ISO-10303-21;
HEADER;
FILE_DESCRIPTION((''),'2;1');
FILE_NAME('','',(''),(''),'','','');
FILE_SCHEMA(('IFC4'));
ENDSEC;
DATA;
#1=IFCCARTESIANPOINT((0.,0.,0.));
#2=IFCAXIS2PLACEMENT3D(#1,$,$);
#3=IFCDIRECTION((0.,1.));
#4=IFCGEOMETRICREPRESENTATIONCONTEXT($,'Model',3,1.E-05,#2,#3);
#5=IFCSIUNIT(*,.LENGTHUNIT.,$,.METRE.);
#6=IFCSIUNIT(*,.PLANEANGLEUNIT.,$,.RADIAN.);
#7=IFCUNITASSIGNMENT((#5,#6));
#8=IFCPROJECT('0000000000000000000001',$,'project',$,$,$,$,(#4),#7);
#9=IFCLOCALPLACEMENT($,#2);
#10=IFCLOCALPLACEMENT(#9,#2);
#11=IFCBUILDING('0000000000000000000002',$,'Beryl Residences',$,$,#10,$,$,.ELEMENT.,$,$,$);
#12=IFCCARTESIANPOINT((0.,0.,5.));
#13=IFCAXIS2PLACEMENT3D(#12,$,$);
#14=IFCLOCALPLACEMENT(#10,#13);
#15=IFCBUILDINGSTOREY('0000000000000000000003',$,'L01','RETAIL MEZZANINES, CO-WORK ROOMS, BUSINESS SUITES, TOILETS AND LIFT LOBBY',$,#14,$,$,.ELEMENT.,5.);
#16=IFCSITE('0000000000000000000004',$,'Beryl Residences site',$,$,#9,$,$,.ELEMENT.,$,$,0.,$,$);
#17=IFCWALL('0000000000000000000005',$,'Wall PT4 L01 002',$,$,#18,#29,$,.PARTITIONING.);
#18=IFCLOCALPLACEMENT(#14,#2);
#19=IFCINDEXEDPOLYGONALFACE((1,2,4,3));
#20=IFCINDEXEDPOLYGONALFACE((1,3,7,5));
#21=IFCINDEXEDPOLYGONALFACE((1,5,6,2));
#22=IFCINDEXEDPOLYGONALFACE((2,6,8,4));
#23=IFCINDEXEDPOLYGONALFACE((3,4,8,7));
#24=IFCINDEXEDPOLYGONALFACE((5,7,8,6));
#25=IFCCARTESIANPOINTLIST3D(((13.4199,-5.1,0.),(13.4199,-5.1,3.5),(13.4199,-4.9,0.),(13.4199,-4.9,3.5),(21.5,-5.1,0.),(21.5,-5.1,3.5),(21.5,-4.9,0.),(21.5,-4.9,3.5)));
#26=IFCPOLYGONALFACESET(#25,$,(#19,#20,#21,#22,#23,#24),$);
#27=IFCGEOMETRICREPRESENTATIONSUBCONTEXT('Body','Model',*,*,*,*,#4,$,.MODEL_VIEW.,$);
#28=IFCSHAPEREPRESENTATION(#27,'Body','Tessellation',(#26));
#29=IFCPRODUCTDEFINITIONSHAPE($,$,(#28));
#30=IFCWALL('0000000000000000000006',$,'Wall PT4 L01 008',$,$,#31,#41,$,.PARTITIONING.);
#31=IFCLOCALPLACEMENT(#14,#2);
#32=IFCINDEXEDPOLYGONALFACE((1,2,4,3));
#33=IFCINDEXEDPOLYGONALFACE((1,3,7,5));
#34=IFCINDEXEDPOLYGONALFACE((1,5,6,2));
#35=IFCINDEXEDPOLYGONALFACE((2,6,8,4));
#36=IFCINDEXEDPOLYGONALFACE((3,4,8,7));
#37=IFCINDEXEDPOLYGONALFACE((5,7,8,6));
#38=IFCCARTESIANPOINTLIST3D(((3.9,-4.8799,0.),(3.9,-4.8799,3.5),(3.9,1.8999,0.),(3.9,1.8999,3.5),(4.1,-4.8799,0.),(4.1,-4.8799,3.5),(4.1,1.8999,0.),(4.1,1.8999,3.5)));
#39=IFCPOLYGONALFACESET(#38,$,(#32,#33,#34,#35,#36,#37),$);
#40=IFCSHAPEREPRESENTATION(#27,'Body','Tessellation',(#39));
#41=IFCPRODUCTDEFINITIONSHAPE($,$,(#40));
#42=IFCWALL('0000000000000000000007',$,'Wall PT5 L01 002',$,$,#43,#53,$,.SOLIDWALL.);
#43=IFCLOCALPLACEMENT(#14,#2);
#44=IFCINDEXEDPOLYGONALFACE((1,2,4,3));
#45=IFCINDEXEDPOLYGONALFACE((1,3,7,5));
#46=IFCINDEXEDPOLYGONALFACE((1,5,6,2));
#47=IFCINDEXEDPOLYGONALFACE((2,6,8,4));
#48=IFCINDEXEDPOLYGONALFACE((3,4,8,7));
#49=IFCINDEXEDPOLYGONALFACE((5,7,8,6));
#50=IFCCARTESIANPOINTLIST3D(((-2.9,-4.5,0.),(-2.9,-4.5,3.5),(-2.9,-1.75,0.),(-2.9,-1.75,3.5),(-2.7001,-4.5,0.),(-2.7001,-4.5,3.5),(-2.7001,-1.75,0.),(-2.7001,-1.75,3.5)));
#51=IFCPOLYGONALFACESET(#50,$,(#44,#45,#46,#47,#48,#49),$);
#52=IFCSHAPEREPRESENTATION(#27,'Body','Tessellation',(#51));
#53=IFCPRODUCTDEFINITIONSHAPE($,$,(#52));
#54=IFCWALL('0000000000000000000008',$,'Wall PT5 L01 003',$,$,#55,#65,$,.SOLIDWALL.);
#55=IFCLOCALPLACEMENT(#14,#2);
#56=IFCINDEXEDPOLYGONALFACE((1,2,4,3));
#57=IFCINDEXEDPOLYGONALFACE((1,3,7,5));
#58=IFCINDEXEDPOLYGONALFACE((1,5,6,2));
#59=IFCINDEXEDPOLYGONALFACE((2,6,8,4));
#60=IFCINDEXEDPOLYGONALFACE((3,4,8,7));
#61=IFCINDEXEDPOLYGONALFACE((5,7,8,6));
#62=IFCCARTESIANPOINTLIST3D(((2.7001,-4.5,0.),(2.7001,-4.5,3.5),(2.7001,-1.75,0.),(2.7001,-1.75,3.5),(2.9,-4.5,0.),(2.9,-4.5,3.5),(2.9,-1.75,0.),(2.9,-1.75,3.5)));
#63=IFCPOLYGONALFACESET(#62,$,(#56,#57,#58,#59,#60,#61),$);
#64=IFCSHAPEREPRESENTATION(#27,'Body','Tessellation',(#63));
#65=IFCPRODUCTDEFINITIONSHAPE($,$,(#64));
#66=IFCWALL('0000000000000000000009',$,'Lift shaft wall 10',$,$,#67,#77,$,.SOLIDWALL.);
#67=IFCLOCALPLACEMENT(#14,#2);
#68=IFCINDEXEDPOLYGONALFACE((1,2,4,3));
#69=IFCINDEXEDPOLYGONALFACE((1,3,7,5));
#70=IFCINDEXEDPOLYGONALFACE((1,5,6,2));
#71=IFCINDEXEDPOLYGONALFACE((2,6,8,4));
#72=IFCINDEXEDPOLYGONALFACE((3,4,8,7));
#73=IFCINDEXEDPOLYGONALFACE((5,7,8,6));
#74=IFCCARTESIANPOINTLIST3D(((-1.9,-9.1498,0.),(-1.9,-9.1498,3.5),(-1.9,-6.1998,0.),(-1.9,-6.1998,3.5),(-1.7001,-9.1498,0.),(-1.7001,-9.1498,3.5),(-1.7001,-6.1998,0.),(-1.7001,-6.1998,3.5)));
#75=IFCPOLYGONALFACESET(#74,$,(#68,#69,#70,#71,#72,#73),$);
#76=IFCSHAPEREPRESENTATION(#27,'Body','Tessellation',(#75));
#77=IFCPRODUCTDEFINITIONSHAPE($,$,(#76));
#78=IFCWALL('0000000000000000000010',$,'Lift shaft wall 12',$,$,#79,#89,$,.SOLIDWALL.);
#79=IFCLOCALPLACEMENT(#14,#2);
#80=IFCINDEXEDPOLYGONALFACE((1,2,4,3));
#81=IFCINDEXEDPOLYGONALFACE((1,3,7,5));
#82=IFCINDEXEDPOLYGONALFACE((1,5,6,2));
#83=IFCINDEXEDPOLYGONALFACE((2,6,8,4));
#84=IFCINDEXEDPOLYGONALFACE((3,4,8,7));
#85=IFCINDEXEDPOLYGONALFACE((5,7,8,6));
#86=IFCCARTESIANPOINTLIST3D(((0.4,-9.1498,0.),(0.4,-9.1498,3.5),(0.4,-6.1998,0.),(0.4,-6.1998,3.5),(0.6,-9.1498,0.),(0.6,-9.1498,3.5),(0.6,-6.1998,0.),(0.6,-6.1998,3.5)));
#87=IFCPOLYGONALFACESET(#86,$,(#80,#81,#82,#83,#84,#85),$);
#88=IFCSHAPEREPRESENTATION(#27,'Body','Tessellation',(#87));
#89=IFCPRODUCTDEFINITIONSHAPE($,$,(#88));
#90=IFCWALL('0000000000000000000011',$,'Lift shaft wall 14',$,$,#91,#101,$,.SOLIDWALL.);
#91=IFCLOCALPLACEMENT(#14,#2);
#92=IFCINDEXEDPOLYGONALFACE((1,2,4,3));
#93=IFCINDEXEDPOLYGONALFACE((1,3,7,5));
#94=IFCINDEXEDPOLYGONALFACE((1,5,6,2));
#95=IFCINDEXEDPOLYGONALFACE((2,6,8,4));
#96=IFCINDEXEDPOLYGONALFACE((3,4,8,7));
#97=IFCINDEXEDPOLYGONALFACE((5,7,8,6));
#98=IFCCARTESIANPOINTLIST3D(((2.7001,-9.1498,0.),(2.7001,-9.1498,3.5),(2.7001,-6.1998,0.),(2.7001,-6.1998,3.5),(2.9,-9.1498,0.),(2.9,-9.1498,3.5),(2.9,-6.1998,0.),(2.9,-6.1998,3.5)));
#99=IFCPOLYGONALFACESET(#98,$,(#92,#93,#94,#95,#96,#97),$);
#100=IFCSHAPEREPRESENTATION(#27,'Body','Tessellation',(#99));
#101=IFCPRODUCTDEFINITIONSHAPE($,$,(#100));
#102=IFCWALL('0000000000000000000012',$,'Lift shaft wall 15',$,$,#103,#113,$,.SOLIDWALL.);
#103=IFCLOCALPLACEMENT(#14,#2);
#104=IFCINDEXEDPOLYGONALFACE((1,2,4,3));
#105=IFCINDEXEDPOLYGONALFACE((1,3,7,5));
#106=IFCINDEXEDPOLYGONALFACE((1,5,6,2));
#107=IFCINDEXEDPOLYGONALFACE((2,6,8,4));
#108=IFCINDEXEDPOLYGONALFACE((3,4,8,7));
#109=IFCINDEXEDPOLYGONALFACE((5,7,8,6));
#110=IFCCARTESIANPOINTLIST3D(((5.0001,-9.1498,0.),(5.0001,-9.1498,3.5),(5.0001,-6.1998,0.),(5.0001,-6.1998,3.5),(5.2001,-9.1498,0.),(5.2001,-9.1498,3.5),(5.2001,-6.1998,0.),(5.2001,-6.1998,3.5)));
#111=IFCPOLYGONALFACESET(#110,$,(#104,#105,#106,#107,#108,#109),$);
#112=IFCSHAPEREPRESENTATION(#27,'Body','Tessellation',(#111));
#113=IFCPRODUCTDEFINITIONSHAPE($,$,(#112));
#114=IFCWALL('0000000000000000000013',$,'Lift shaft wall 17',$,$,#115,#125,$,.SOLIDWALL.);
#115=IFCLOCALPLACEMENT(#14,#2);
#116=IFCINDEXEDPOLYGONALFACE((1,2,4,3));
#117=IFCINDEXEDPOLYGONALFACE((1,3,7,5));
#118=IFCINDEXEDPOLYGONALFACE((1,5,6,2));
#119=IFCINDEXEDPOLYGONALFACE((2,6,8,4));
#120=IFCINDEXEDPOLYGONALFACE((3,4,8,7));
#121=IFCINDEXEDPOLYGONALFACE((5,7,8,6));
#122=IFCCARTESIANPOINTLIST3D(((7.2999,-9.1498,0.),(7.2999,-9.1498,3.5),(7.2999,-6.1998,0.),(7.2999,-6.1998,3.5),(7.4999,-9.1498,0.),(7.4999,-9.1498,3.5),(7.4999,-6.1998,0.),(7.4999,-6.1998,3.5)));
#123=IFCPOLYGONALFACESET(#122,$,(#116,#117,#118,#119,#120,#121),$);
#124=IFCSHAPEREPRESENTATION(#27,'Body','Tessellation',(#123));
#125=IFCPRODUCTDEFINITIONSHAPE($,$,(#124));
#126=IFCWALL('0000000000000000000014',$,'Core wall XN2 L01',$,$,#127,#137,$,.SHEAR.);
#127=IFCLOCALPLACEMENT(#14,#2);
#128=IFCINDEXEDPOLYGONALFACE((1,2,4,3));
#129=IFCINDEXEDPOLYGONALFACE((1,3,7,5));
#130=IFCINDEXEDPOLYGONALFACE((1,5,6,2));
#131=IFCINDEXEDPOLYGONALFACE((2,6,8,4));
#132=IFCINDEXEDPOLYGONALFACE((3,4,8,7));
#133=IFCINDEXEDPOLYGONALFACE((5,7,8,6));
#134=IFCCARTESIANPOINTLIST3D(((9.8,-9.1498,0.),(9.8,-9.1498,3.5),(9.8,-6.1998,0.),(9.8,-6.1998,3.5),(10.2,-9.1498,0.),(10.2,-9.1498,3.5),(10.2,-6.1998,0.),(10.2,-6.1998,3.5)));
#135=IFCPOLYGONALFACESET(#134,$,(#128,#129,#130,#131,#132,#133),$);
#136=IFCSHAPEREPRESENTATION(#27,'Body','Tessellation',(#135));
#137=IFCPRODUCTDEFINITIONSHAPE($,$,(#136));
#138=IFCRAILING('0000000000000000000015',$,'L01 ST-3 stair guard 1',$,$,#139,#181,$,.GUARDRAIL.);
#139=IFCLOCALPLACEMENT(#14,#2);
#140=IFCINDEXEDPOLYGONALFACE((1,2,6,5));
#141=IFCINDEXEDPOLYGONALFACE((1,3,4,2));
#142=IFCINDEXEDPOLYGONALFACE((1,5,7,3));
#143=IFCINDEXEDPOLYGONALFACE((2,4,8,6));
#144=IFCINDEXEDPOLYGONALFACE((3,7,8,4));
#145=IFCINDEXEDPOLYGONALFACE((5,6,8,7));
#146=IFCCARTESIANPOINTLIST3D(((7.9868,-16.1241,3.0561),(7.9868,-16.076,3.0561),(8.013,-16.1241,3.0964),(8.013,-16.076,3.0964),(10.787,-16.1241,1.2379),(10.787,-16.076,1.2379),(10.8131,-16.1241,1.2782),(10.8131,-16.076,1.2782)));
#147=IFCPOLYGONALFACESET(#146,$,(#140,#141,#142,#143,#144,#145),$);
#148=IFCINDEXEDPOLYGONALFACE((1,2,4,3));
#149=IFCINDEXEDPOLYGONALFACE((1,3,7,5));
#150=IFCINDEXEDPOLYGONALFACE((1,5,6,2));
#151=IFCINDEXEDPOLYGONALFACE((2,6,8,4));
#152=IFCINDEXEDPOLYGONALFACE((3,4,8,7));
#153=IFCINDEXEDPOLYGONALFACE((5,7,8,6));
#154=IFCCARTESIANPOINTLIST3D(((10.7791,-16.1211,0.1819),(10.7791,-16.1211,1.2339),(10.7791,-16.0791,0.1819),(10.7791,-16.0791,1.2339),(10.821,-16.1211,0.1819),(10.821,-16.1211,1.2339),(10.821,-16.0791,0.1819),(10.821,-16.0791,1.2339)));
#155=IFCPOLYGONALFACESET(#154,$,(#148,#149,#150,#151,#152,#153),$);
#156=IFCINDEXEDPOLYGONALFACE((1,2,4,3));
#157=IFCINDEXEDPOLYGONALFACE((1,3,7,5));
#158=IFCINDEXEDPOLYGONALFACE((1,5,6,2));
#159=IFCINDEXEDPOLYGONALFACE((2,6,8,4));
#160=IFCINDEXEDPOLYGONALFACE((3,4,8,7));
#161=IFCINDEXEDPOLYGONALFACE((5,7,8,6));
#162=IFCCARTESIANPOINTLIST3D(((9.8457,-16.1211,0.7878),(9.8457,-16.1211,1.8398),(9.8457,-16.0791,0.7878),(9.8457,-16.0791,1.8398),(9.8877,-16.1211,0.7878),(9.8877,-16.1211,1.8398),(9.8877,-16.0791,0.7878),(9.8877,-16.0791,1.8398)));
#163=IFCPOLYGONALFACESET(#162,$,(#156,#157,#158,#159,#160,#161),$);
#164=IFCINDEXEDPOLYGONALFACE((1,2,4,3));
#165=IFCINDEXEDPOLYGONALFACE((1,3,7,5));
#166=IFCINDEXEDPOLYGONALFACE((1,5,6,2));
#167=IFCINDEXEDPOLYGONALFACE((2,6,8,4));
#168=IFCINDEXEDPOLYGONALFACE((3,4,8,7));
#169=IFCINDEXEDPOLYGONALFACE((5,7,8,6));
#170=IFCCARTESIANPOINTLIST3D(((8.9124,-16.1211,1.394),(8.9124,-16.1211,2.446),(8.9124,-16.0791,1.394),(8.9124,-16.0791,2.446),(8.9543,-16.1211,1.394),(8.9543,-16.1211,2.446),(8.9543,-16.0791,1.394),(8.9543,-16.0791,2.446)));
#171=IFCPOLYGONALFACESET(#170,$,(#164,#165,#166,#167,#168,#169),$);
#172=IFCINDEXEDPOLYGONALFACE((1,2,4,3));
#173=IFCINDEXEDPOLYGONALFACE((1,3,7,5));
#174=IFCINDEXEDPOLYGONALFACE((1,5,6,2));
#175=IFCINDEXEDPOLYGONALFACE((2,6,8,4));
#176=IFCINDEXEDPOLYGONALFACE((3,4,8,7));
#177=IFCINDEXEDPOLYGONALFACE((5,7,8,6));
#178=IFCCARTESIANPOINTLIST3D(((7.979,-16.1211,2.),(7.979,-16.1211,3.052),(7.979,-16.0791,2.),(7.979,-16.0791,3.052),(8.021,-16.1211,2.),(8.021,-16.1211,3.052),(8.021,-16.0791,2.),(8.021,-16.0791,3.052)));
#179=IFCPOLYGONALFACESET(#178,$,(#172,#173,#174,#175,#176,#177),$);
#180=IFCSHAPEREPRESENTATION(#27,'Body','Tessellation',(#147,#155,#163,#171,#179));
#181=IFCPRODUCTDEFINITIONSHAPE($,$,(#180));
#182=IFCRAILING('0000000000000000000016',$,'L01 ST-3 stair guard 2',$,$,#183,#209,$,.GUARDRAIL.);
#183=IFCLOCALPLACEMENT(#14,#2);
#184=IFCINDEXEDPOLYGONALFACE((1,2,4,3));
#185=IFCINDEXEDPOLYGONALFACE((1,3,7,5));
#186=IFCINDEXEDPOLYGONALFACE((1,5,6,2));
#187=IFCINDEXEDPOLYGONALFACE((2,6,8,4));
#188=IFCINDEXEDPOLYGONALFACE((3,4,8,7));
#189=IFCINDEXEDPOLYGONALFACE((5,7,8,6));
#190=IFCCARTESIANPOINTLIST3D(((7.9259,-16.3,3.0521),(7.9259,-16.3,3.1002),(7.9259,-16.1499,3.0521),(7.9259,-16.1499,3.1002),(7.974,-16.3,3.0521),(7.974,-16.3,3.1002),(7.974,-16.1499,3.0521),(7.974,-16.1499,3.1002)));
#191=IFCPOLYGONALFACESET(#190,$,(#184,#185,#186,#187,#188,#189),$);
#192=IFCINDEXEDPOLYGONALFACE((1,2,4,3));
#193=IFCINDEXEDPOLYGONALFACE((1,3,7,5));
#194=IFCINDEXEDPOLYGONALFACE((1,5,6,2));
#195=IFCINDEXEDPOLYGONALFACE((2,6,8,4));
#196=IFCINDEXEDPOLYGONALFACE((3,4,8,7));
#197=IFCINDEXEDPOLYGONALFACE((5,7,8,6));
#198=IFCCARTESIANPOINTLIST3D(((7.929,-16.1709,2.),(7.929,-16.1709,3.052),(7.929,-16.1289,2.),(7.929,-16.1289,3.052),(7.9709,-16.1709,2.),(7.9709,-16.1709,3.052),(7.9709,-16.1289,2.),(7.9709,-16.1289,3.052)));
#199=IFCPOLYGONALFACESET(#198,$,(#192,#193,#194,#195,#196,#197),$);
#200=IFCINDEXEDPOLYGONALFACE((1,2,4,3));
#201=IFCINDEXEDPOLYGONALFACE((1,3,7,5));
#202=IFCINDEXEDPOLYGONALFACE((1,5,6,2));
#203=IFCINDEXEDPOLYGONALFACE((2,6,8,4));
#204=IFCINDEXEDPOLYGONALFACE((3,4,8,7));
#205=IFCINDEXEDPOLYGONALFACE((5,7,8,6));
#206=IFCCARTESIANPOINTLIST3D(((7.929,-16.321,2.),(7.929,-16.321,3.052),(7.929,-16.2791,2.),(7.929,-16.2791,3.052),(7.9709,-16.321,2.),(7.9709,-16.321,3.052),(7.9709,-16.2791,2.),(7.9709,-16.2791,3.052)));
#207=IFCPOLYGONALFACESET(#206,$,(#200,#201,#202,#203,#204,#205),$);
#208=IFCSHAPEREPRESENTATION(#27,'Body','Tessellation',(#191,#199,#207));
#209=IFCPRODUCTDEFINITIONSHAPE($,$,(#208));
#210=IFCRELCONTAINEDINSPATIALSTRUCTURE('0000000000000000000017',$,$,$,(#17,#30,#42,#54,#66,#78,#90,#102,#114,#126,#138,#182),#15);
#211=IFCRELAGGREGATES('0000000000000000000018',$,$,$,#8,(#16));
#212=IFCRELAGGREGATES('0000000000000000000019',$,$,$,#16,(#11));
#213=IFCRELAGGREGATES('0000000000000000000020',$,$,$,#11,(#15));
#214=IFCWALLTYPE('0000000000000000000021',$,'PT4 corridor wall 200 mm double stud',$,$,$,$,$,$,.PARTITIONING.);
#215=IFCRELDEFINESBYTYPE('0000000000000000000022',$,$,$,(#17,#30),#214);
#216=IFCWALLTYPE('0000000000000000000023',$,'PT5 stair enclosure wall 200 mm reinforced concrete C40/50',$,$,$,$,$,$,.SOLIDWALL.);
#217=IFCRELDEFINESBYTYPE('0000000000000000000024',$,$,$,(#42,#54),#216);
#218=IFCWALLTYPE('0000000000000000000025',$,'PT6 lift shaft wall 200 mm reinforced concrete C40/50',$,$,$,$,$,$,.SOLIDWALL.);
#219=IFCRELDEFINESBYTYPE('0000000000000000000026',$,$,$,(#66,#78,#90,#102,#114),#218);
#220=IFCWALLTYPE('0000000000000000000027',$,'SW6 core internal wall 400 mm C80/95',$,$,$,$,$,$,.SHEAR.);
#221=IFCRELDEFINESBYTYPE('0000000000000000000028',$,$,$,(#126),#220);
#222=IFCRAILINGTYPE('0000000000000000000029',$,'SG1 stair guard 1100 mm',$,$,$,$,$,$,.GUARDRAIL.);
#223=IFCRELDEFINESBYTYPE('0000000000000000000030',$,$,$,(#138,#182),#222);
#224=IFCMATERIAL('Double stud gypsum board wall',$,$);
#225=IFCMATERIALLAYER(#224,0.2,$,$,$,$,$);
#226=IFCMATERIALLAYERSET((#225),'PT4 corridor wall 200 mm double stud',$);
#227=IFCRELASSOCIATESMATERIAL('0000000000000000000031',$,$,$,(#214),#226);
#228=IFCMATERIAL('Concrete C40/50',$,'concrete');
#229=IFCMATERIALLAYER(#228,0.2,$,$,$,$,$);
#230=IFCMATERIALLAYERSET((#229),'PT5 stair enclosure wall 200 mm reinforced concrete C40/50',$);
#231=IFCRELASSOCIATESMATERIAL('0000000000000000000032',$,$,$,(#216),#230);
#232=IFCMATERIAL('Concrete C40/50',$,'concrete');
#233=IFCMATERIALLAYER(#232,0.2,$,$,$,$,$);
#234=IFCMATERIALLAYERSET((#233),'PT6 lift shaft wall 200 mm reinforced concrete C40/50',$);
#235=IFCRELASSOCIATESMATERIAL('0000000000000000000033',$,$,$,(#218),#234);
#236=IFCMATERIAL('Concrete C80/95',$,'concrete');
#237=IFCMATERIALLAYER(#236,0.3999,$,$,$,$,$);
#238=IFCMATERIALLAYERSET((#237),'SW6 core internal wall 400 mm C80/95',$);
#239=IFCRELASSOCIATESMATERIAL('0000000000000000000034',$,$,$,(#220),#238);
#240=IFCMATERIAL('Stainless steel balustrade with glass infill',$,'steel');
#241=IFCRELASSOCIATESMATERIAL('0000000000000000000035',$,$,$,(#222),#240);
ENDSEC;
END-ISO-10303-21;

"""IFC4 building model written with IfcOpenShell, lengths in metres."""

from ifc_helpers import new_model, si_unit, direction, frame, frame_2d, origin, origin_2d, place, context, subcontext, project, spatial, rectangle, extrude, material, layer, layer_set, type_object, element, save


model = new_model("IFC4")

# Units and contexts
model_context = context("Model", 3, precision=1e-05, world=origin(), true_north=direction((0.0, 1.0)))
body_context = subcontext(model_context, "Body", "Model", "MODEL_VIEW")
ifc_project = project(units=[si_unit("LENGTHUNIT", "METRE"), si_unit("PLANEANGLEUNIT", "RADIAN")], contexts=[model_context])

# Site, building, storey
site_placement = place(None, origin())
site = spatial("IfcSite", under=ifc_project, at=site_placement, Name="Beryl Residences site", CompositionType="ELEMENT", RefElevation=0.0)
building_placement = place(site_placement, origin())
building = spatial("IfcBuilding", under=site, at=building_placement, Name="Beryl Residences", CompositionType="ELEMENT")
storey_placement = place(building_placement, frame((0.0, 0.0, 5.0)))
storey = spatial("IfcBuildingStorey", under=building, at=storey_placement, Name="L01", Description="RETAIL MEZZANINES, CO-WORK ROOMS, BUSINESS SUITES, TOILETS AND LIFT LOBBY", CompositionType="ELEMENT", Elevation=5.0)

# Walls
ifc_material_1 = material(Name="Double stud gypsum board wall")
ifc_layer_1 = layer(ifc_material_1, 0.2)
ifc_layer_set_1 = layer_set([ifc_layer_1], Name="PT4 corridor wall 200 mm double stud")
wall_type_1 = type_object("IfcWallType", Name="PT4 corridor wall 200 mm double stud", PredefinedType="PARTITIONING", material=ifc_layer_set_1)
wall_1_placement = place(storey_placement, frame((13.4199, -5.0, 0.0), z_axis=(0.0, 0.0, 1.0), x_axis=(1.0, 0.0, 0.0)))
element("IfcWall", 1, at=wall_1_placement, inside=storey, type_object=wall_type_1, Name="Wall PT4 L01 002", PredefinedType="PARTITIONING", context=body_context, shape_type="SweptSolid", body=[
    extrude(rectangle(XDim=8.0801, YDim=0.2, at=frame_2d((4.04, 0.0))), origin(), (0.0, 0.0, 1.0), 3.5),
])
wall_2_placement = place(storey_placement, frame((4.0, -4.8799, 0.0), z_axis=(0.0, 0.0, 1.0), x_axis=(0.0, 1.0, 0.0)))
element("IfcWall", 2, at=wall_2_placement, inside=storey, type_object=wall_type_1, Name="Wall PT4 L01 008", PredefinedType="PARTITIONING", context=body_context, shape_type="SweptSolid", body=[
    extrude(rectangle(XDim=6.7798, YDim=0.2, at=frame_2d((3.3899, 0.0))), origin(), (0.0, 0.0, 1.0), 3.5),
])
ifc_material_2 = material(Name="Concrete C40/50", Category="concrete")
ifc_layer_2 = layer(ifc_material_2, 0.2)
ifc_layer_set_2 = layer_set([ifc_layer_2], Name="PT5 stair enclosure wall 200 mm reinforced concrete C40/50")
wall_type_2 = type_object("IfcWallType", Name="PT5 stair enclosure wall 200 mm reinforced concrete C40/50", PredefinedType="SOLIDWALL", material=ifc_layer_set_2)
for number, where, z_axis, x_axis, name in (
    (3, (-2.8, -4.5, 0.0), (0.0, 0.0, 1.0), (0.0, 1.0, 0.0), "Wall PT5 L01 002"),
    (4, (2.8, -4.5, 0.0), (0.0, 0.0, 1.0), (0.0, 1.0, 0.0), "Wall PT5 L01 003"),
):
    element("IfcWall", number, at=place(storey_placement, frame(where, z_axis=z_axis, x_axis=x_axis)), inside=storey, type_object=wall_type_2, Name=name, PredefinedType="SOLIDWALL", context=body_context, shape_type="SweptSolid", body=[
        extrude(rectangle(XDim=2.75, YDim=0.2, at=frame_2d((1.375, 0.0))), origin(), (0.0, 0.0, 1.0), 3.5),
    ])
ifc_material_3 = material(Name="Concrete C40/50", Category="concrete")
ifc_layer_3 = layer(ifc_material_3, 0.2)
ifc_layer_set_3 = layer_set([ifc_layer_3], Name="PT6 lift shaft wall 200 mm reinforced concrete C40/50")
wall_type_3 = type_object("IfcWallType", Name="PT6 lift shaft wall 200 mm reinforced concrete C40/50", PredefinedType="SOLIDWALL", material=ifc_layer_set_3)
for number, where, z_axis, x_axis, name in (
    (5, (-1.8, -9.1499, 0.0), (0.0, 0.0, 1.0), (0.0, 1.0, 0.0), "Lift shaft wall 10"),
    (6, (0.5, -9.1499, 0.0), (0.0, 0.0, 1.0), (0.0, 1.0, 0.0), "Lift shaft wall 12"),
    (7, (2.8, -9.1499, 0.0), (0.0, 0.0, 1.0), (0.0, 1.0, 0.0), "Lift shaft wall 14"),
    (8, (5.1001, -9.1499, 0.0), (0.0, 0.0, 1.0), (0.0, 1.0, 0.0), "Lift shaft wall 15"),
    (9, (7.3999, -9.1499, 0.0), (0.0, 0.0, 1.0), (0.0, 1.0, 0.0), "Lift shaft wall 17"),
):
    element("IfcWall", number, at=place(storey_placement, frame(where, z_axis=z_axis, x_axis=x_axis)), inside=storey, type_object=wall_type_3, Name=name, PredefinedType="SOLIDWALL", context=body_context, shape_type="SweptSolid", body=[
        extrude(rectangle(XDim=2.95, YDim=0.2, at=frame_2d((1.4751, 0.0))), origin(), (0.0, 0.0, 1.0), 3.5),
    ])
ifc_material_4 = material(Name="Concrete C80/95", Category="concrete")
ifc_layer_4 = layer(ifc_material_4, 0.3999)
ifc_layer_set_4 = layer_set([ifc_layer_4], Name="SW6 core internal wall 400 mm C80/95")
wall_type_4 = type_object("IfcWallType", Name="SW6 core internal wall 400 mm C80/95", PredefinedType="SHEAR", material=ifc_layer_set_4)
wall_3_placement = place(storey_placement, frame((10.0, -9.1499, 0.0), z_axis=(0.0, 0.0, 1.0), x_axis=(0.0, 1.0, 0.0)))
element("IfcWall", 10, at=wall_3_placement, inside=storey, type_object=wall_type_4, Name="Core wall XN2 L01", PredefinedType="SHEAR", context=body_context, shape_type="SweptSolid", body=[
    extrude(rectangle(XDim=2.95, YDim=0.3999, at=frame_2d((1.4751, 0.0))), origin(), (0.0, 0.0, 1.0), 3.5),
])

# Railings
ifc_material_5 = material(Name="Stainless steel balustrade with glass infill", Category="steel")
railing_type_1 = type_object("IfcRailingType", Name="SG1 stair guard 1100 mm", PredefinedType="GUARDRAIL", material=ifc_material_5)
railing_1_placement = place(storey_placement, frame((10.8, -16.1001, 0.1819)))
element("IfcRailing", 11, at=railing_1_placement, inside=storey, type_object=railing_type_1, Name="L01 ST-3 stair guard 1", PredefinedType="GUARDRAIL", context=body_context, shape_type="SweptSolid", body=[
    extrude(rectangle(XDim=0.0481, YDim=0.0481, at=origin_2d()), frame((0.0, 0.0, 1.0762), z_axis=(-0.838706, 0.0, 0.544585), x_axis=(0.0, -1.0, 0.0)), (0.0, 0.0, 1.0), 3.3386),
    extrude(rectangle(XDim=0.042, YDim=0.042, at=origin_2d()), origin(), (0.0, 0.0, 1.0), 1.052),
    extrude(rectangle(XDim=0.042, YDim=0.042, at=origin_2d()), frame((-0.9333, 0.0, 0.606)), (0.0, 0.0, 1.0), 1.052),
    extrude(rectangle(XDim=0.042, YDim=0.042, at=origin_2d()), frame((-1.8667, 0.0, 1.2122)), (0.0, 0.0, 1.0), 1.052),
    extrude(rectangle(XDim=0.042, YDim=0.042, at=origin_2d()), frame((-2.8, 0.0, 1.8181)), (0.0, 0.0, 1.0), 1.052),
])
railing_2_placement = place(storey_placement, frame((7.95, -16.1499, 2.0)))
element("IfcRailing", 12, at=railing_2_placement, inside=storey, type_object=railing_type_1, Name="L01 ST-3 stair guard 2", PredefinedType="GUARDRAIL", context=body_context, shape_type="SweptSolid", body=[
    extrude(rectangle(XDim=0.0481, YDim=0.0481, at=origin_2d()), frame((0.0, 0.0, 1.0762), z_axis=(0.0, -1.0, 0.0), x_axis=(1.0, 0.0, 0.0)), (0.0, 0.0, 1.0), 0.1501),
    extrude(rectangle(XDim=0.042, YDim=0.042, at=origin_2d()), origin(), (0.0, 0.0, 1.0), 1.052),
    extrude(rectangle(XDim=0.042, YDim=0.042, at=origin_2d()), frame((0.0, -0.1501, 0.0)), (0.0, 0.0, 1.0), 1.052),
])

save(model, "model.ifc")
